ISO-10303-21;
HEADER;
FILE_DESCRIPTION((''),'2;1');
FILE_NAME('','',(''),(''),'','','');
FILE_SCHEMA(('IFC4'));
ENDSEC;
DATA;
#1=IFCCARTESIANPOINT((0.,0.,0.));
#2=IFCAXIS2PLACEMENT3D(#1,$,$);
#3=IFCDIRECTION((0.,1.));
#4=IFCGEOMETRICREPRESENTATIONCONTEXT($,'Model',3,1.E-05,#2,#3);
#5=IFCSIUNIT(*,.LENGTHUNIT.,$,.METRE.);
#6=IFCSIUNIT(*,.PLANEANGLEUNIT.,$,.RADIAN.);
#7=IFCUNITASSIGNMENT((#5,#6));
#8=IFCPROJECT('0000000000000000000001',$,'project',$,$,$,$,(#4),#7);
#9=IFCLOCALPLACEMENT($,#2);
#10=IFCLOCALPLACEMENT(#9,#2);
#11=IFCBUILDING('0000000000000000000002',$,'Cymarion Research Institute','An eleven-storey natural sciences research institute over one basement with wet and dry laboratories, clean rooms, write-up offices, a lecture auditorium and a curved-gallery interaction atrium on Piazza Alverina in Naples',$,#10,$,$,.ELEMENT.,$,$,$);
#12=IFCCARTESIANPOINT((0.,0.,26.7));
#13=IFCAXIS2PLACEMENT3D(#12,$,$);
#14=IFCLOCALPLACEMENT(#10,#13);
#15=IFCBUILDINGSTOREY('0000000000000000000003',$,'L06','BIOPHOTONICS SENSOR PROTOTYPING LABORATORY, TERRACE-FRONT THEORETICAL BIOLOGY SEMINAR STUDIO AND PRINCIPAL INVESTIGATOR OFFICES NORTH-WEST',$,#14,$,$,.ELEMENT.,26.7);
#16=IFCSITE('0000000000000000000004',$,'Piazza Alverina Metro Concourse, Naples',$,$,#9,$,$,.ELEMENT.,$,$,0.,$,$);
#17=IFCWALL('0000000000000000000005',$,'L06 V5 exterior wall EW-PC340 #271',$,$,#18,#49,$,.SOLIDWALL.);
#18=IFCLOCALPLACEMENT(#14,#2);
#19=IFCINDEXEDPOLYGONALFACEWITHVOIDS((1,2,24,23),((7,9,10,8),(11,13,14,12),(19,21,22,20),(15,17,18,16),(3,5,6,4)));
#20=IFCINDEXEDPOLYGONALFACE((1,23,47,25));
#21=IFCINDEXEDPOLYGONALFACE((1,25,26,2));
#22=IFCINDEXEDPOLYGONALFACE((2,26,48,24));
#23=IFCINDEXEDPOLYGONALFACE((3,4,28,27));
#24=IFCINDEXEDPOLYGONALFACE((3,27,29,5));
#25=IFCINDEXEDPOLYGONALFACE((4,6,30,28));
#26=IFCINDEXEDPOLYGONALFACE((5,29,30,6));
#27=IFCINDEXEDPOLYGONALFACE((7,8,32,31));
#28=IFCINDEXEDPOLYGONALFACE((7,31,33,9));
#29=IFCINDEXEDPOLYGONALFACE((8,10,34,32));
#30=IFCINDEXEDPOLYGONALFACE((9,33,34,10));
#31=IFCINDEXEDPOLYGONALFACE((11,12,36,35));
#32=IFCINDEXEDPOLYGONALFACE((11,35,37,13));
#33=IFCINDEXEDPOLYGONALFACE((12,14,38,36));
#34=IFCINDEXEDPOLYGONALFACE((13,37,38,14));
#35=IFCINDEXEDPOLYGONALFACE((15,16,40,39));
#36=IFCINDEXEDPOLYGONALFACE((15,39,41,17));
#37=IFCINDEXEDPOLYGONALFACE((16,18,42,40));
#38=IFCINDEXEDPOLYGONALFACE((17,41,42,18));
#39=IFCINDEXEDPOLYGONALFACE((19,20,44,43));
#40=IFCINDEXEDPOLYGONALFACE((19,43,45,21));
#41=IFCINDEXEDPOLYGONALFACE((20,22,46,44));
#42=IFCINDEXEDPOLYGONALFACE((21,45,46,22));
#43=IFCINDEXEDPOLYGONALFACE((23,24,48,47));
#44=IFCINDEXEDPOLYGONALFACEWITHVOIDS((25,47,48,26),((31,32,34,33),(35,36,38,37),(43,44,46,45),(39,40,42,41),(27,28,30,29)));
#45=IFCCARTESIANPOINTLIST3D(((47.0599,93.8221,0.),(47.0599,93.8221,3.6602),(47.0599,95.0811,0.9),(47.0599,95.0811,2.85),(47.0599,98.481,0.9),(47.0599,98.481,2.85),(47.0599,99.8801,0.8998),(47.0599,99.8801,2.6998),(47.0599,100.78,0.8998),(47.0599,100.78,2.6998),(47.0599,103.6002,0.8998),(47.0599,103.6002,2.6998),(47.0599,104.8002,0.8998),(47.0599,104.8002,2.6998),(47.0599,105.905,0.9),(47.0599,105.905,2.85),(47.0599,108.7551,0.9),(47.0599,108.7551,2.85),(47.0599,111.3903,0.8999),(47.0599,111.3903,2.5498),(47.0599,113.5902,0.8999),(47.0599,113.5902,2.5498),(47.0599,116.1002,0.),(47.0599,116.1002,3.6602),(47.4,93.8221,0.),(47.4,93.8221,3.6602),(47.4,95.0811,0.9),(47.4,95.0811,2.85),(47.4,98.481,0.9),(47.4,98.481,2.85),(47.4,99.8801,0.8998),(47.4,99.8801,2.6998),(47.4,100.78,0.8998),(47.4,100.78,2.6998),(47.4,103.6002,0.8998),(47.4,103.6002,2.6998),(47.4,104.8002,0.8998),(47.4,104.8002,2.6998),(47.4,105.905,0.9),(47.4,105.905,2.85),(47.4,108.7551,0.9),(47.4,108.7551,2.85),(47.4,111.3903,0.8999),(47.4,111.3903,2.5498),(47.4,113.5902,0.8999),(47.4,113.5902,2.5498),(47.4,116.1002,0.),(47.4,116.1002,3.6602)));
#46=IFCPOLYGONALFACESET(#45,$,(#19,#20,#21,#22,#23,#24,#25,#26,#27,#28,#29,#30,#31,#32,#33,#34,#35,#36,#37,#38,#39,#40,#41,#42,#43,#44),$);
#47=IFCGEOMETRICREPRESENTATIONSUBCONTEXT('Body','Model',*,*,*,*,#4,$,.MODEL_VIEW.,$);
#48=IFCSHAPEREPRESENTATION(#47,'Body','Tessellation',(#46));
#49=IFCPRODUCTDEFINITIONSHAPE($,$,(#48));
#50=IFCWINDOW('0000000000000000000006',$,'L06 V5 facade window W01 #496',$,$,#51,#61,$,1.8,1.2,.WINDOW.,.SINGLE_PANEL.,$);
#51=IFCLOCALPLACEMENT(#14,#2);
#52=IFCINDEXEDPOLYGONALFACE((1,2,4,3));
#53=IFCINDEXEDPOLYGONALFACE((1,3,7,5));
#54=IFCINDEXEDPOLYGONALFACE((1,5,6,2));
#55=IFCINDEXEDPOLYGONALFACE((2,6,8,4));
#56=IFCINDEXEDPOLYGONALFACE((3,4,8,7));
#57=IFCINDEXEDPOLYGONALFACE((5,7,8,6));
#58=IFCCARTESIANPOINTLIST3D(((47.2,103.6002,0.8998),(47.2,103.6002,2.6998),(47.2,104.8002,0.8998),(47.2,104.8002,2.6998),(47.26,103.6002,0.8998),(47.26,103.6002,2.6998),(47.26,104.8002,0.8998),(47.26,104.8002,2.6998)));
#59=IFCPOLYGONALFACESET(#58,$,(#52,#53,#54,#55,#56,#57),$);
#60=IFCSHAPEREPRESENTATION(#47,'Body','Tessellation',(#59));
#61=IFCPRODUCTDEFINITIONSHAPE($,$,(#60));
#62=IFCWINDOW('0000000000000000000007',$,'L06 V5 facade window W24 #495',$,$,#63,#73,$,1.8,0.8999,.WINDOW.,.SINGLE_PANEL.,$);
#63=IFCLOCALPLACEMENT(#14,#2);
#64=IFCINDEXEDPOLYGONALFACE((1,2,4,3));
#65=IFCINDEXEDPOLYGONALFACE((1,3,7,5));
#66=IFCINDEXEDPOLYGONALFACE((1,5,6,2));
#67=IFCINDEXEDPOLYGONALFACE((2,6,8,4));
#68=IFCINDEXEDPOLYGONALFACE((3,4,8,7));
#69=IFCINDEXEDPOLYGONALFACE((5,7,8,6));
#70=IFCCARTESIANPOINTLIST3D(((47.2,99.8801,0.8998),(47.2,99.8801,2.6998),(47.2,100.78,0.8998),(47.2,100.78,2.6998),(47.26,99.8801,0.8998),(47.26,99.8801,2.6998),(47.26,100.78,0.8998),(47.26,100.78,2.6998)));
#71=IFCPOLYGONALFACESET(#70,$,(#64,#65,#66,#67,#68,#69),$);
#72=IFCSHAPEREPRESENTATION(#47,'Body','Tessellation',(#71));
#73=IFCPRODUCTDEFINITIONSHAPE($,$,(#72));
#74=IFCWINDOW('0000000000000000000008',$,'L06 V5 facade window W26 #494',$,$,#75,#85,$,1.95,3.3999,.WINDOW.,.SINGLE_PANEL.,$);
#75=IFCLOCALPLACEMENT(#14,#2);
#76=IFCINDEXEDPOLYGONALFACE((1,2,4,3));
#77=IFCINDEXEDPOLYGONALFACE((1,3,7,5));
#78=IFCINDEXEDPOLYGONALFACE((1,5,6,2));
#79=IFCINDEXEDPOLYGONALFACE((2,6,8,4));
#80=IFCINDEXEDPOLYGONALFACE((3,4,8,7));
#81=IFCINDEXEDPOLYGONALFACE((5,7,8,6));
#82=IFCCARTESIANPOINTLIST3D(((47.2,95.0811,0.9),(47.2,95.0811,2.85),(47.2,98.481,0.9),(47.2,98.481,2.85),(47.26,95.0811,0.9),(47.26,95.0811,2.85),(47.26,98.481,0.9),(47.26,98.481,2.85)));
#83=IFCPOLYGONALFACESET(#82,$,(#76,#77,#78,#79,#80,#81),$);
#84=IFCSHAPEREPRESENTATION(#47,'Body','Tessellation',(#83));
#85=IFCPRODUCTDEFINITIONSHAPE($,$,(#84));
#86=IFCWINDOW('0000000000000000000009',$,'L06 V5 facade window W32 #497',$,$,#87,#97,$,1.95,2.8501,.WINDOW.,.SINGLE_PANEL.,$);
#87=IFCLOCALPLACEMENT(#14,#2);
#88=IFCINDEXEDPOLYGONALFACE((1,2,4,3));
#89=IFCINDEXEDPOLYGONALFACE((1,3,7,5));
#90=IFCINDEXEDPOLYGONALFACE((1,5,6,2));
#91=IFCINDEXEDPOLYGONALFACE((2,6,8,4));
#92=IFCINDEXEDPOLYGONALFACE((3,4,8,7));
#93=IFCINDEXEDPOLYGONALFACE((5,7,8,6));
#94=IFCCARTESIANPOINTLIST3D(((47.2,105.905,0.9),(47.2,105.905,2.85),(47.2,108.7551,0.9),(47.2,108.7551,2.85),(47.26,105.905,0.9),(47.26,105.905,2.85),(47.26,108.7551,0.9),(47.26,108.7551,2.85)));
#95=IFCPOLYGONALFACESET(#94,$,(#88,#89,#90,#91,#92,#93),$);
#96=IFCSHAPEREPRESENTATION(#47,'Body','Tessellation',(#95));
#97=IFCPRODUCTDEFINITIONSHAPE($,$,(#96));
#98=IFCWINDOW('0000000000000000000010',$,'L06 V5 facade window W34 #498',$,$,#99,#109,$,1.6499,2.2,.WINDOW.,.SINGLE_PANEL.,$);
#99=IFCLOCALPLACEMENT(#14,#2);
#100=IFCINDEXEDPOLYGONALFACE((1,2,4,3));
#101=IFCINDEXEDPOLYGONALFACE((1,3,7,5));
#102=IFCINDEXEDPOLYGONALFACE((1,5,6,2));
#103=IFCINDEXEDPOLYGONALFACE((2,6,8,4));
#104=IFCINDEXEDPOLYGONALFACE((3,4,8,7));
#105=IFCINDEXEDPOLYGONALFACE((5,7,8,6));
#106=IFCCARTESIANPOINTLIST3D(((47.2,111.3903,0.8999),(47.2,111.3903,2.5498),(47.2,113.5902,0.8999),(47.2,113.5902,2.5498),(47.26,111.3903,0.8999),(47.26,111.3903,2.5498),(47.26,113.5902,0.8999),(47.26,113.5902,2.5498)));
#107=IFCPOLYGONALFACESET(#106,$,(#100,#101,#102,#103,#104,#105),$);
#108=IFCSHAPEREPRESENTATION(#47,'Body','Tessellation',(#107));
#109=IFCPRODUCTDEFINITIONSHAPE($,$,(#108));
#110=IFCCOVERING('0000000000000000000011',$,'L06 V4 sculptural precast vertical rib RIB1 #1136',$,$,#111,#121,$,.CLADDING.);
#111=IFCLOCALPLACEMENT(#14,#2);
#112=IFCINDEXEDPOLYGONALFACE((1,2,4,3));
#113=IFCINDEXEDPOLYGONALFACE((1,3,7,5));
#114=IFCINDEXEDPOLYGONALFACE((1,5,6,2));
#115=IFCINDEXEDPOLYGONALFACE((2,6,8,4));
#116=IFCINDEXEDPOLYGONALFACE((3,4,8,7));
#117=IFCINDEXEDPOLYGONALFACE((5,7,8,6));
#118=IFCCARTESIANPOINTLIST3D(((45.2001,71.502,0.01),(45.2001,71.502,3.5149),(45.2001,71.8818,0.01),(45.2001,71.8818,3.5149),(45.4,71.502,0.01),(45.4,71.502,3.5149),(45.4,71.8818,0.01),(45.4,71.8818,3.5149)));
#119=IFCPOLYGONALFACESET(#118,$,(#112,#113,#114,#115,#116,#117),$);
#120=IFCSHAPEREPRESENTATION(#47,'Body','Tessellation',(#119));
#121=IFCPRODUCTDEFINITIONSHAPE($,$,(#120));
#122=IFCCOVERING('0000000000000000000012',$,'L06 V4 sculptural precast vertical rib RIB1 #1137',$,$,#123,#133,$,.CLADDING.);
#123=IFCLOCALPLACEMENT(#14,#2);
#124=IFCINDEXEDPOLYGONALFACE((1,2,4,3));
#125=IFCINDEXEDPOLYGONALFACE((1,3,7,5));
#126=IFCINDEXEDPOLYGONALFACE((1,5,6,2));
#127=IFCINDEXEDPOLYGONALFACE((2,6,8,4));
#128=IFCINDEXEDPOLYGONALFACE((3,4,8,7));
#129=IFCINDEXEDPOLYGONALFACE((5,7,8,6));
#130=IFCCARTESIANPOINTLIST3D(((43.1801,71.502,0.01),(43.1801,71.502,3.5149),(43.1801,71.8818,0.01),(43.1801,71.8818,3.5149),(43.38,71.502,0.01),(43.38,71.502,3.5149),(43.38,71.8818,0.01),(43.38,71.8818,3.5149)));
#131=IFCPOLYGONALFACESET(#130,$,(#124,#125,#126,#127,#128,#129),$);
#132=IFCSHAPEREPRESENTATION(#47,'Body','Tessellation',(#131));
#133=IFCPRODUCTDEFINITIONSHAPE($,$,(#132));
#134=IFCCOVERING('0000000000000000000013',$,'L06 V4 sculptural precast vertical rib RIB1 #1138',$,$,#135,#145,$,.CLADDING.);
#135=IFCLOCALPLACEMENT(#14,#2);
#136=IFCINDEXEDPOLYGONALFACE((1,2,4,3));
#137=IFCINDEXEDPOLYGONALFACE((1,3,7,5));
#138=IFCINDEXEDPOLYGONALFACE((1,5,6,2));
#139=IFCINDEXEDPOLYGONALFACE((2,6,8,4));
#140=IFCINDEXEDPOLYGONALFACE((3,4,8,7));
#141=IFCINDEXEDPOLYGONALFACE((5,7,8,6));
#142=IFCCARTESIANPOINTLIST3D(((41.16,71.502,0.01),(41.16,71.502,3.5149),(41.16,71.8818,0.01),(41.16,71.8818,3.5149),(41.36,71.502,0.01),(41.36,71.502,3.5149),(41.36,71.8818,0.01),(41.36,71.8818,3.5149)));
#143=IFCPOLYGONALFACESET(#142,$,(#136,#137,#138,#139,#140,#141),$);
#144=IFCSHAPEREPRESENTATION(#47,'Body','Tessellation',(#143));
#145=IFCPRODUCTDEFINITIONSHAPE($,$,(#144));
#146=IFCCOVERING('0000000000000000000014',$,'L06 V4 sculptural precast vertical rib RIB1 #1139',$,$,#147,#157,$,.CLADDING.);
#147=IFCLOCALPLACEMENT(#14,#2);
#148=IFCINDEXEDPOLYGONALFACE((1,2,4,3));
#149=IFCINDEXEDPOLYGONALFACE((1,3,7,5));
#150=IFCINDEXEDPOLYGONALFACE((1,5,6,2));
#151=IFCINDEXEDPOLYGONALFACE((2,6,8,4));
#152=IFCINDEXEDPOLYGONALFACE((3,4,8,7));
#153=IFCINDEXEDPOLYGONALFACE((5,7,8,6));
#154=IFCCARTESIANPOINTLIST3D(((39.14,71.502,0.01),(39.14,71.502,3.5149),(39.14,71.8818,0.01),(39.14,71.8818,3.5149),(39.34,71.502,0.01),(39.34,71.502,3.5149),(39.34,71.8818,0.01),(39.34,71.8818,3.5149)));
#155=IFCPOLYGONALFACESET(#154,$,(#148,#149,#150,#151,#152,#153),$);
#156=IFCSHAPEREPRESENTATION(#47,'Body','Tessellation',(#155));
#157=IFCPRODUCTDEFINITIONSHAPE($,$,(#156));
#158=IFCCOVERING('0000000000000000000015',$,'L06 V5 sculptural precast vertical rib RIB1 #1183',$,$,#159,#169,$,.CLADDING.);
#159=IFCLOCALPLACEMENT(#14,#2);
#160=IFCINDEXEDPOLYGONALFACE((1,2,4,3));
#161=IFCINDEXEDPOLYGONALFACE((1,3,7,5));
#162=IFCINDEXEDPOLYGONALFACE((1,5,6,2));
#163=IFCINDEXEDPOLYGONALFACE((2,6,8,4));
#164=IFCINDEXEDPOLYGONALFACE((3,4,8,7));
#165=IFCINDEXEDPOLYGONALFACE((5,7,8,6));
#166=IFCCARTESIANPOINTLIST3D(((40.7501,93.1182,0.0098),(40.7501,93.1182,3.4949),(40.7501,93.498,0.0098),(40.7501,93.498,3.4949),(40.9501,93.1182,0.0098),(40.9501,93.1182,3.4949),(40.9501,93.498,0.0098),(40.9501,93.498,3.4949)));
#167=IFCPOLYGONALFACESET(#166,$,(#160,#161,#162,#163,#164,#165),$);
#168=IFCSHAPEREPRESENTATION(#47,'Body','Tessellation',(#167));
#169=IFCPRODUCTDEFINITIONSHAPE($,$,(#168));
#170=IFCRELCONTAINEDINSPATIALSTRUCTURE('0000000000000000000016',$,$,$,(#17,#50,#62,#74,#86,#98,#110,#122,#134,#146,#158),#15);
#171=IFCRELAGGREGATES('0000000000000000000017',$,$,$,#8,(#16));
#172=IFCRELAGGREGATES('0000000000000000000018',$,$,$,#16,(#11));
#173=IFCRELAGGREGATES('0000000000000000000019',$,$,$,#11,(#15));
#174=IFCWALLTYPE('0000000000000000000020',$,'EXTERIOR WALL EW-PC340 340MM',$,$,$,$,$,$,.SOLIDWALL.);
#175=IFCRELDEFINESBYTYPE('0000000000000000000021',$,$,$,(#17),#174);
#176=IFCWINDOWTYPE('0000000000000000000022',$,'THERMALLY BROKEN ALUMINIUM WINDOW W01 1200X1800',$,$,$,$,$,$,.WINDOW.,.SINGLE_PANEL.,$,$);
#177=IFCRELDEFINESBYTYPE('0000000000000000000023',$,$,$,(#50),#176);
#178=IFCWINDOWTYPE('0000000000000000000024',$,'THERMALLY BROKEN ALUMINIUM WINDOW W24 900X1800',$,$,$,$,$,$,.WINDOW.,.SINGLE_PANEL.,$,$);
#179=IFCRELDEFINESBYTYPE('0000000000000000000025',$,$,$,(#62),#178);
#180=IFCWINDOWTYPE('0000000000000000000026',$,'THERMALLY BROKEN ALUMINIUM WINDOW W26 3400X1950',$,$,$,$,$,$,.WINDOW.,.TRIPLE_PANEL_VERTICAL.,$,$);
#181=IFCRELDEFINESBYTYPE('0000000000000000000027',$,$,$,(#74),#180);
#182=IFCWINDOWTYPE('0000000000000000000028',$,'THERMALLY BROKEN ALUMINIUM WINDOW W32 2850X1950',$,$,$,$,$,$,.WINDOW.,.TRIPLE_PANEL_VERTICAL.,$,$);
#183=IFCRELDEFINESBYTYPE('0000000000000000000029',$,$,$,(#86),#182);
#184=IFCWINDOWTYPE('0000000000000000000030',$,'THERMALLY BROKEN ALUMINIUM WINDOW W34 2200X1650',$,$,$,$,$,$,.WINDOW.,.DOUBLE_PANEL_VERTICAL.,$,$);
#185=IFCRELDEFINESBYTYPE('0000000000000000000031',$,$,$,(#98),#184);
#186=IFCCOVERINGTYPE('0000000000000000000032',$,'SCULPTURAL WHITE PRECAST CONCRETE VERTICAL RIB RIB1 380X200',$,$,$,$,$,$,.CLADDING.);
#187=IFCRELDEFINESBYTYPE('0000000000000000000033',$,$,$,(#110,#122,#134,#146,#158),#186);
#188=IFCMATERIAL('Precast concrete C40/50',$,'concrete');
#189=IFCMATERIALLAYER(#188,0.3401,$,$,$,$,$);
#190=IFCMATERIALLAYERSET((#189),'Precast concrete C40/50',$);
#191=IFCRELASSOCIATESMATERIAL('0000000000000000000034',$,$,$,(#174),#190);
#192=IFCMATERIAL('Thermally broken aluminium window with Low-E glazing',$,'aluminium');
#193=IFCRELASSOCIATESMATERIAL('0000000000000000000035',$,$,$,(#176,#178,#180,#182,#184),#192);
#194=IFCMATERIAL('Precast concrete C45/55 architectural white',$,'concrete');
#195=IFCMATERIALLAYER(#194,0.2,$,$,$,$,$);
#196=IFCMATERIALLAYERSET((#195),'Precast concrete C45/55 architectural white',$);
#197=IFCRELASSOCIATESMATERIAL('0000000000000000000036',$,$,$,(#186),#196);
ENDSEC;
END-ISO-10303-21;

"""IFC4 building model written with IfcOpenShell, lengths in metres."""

from ifc_helpers import new_model, si_unit, direction, frame, frame_2d, origin, origin_2d, place, context, subcontext, project, spatial, rectangle, extrude, material, layer, layer_set, type_object, element, fill, save


model = new_model("IFC4")

# Units and contexts
model_context = context("Model", 3, precision=1e-05, world=origin(), true_north=direction((0.0, 1.0)))
body_context = subcontext(model_context, "Body", "Model", "MODEL_VIEW")
ifc_project = project(units=[si_unit("LENGTHUNIT", "METRE"), si_unit("PLANEANGLEUNIT", "RADIAN")], contexts=[model_context])

# Site, building, storey
site_placement = place(None, origin())
site = spatial("IfcSite", under=ifc_project, at=site_placement, Name="Piazza Alverina Metro Concourse, Naples", CompositionType="ELEMENT", RefElevation=0.0)
building_placement = place(site_placement, origin())
building = spatial("IfcBuilding", under=site, at=building_placement, Name="Cymarion Research Institute", Description="An eleven-storey natural sciences research institute over one basement with wet and dry laboratories, clean rooms, write-up offices, a lecture auditorium and a curved-gallery interaction atrium on Piazza Alverina in Naples", CompositionType="ELEMENT")
storey_placement = place(building_placement, frame((0.0, 0.0, 26.7)))
storey = spatial("IfcBuildingStorey", under=building, at=storey_placement, Name="L06", Description="BIOPHOTONICS SENSOR PROTOTYPING LABORATORY, TERRACE-FRONT THEORETICAL BIOLOGY SEMINAR STUDIO AND PRINCIPAL INVESTIGATOR OFFICES NORTH-WEST", CompositionType="ELEMENT", Elevation=26.7)

# Wall, openings, windows
ifc_material_1 = material(Name="Precast concrete C40/50", Category="concrete")
ifc_layer_1 = layer(ifc_material_1, 0.3401)
ifc_layer_set_1 = layer_set([ifc_layer_1], Name="Precast concrete C40/50")
wall_type = type_object("IfcWallType", Name="EXTERIOR WALL EW-PC340 340MM", PredefinedType="SOLIDWALL", material=ifc_layer_set_1)
wall_placement = place(storey_placement, frame((47.23, 93.822, 0.0), z_axis=(0.0, 0.0, 1.0), x_axis=(0.0, 1.0, 0.0)))
wall = element("IfcWall", 1, at=wall_placement, inside=storey, type_object=wall_type, Name="L06 V5 exterior wall EW-PC340 #271", PredefinedType="SOLIDWALL", context=body_context, shape_type="SweptSolid", body=[
    extrude(rectangle(XDim=22.2781, YDim=0.3401, at=frame_2d((11.1392, 0.0))), origin(), (0.0, 0.0, 1.0), 3.6602),
])
opening_1_placement = place(wall_placement, frame((1.259, 0.0, 0.8999)))
opening_1 = element("IfcOpeningElement", 2, at=opening_1_placement, cuts=wall, PredefinedType="OPENING", context=body_context, shape_type="SweptSolid", body=[
    extrude(rectangle(XDim=3.3999, YDim=1.95, at=frame_2d((1.7, 0.9751))), frame((0.0, 0.1799, 0.0), z_axis=(0.0, -1.0, 0.0), x_axis=(1.0, 0.0, 0.0)), (0.0, 0.0, 1.0), 0.3601),
])
opening_2_placement = place(wall_placement, frame((6.0581, 0.0, 0.8999)))
opening_2 = element("IfcOpeningElement", 3, at=opening_2_placement, cuts=wall, PredefinedType="OPENING", context=body_context, shape_type="SweptSolid", body=[
    extrude(rectangle(XDim=0.8999, YDim=1.8, at=frame_2d((0.45, 0.8999))), frame((0.0, 0.1799, 0.0), z_axis=(0.0, -1.0, 0.0), x_axis=(1.0, 0.0, 0.0)), (0.0, 0.0, 1.0), 0.3601),
])
opening_3_placement = place(wall_placement, frame((9.7781, 0.0, 0.8999)))
opening_3 = element("IfcOpeningElement", 4, at=opening_3_placement, cuts=wall, PredefinedType="OPENING", context=body_context, shape_type="SweptSolid", body=[
    extrude(rectangle(XDim=1.2, YDim=1.8, at=frame_2d((0.6001, 0.8999))), frame((0.0, 0.1799, 0.0), z_axis=(0.0, -1.0, 0.0), x_axis=(1.0, 0.0, 0.0)), (0.0, 0.0, 1.0), 0.3601),
])
opening_4_placement = place(wall_placement, frame((12.083, 0.0, 0.8999)))
opening_4 = element("IfcOpeningElement", 5, at=opening_4_placement, cuts=wall, PredefinedType="OPENING", context=body_context, shape_type="SweptSolid", body=[
    extrude(rectangle(XDim=2.8501, YDim=1.95, at=frame_2d((1.425, 0.9751))), frame((0.0, 0.1799, 0.0), z_axis=(0.0, -1.0, 0.0), x_axis=(1.0, 0.0, 0.0)), (0.0, 0.0, 1.0), 0.3601),
])
opening_5_placement = place(wall_placement, frame((17.5681, 0.0, 0.8999)))
opening_5 = element("IfcOpeningElement", 6, at=opening_5_placement, cuts=wall, PredefinedType="OPENING", context=body_context, shape_type="SweptSolid", body=[
    extrude(rectangle(XDim=2.2, YDim=1.6499, at=frame_2d((1.1001, 0.825))), frame((0.0, 0.1799, 0.0), z_axis=(0.0, -1.0, 0.0), x_axis=(1.0, 0.0, 0.0)), (0.0, 0.0, 1.0), 0.3601),
])
ifc_material_2 = material(Name="Thermally broken aluminium window with Low-E glazing", Category="aluminium")
window_type_1 = type_object("IfcWindowType", Name="THERMALLY BROKEN ALUMINIUM WINDOW W01 1200X1800", PartitioningType="SINGLE_PANEL", PredefinedType="WINDOW", material=ifc_material_2)
window_1_placement = place(opening_3_placement, origin())
window_1 = element("IfcWindow", 7, at=window_1_placement, inside=storey, type_object=window_type_1, Name="L06 V5 facade window W01 #496", OverallHeight=1.8, OverallWidth=1.2, PartitioningType="SINGLE_PANEL", PredefinedType="WINDOW", context=body_context, shape_type="SweptSolid", body=[
    extrude(rectangle(XDim=1.2, YDim=1.8, at=frame_2d((0.6001, 0.8999))), frame((0.0, 0.03, 0.0), z_axis=(0.0, -1.0, 0.0), x_axis=(1.0, 0.0, 0.0)), (0.0, 0.0, 1.0), 0.0601),
])
fill(opening_3, window_1)
window_type_2 = type_object("IfcWindowType", Name="THERMALLY BROKEN ALUMINIUM WINDOW W24 900X1800", PartitioningType="SINGLE_PANEL", PredefinedType="WINDOW", material=ifc_material_2)
window_2_placement = place(opening_2_placement, origin())
window_2 = element("IfcWindow", 8, at=window_2_placement, inside=storey, type_object=window_type_2, Name="L06 V5 facade window W24 #495", OverallHeight=1.8, OverallWidth=0.8999, PartitioningType="SINGLE_PANEL", PredefinedType="WINDOW", context=body_context, shape_type="SweptSolid", body=[
    extrude(rectangle(XDim=0.8999, YDim=1.8, at=frame_2d((0.45, 0.8999))), frame((0.0, 0.03, 0.0), z_axis=(0.0, -1.0, 0.0), x_axis=(1.0, 0.0, 0.0)), (0.0, 0.0, 1.0), 0.0601),
])
fill(opening_2, window_2)
window_type_3 = type_object("IfcWindowType", Name="THERMALLY BROKEN ALUMINIUM WINDOW W26 3400X1950", PartitioningType="TRIPLE_PANEL_VERTICAL", PredefinedType="WINDOW", material=ifc_material_2)
window_3_placement = place(opening_1_placement, origin())
window_3 = element("IfcWindow", 9, at=window_3_placement, inside=storey, type_object=window_type_3, Name="L06 V5 facade window W26 #494", OverallHeight=1.95, OverallWidth=3.3999, PartitioningType="SINGLE_PANEL", PredefinedType="WINDOW", context=body_context, shape_type="SweptSolid", body=[
    extrude(rectangle(XDim=3.3999, YDim=1.95, at=frame_2d((1.7, 0.9751))), frame((0.0, 0.03, 0.0), z_axis=(0.0, -1.0, 0.0), x_axis=(1.0, 0.0, 0.0)), (0.0, 0.0, 1.0), 0.0601),
])
fill(opening_1, window_3)
window_type_4 = type_object("IfcWindowType", Name="THERMALLY BROKEN ALUMINIUM WINDOW W32 2850X1950", PartitioningType="TRIPLE_PANEL_VERTICAL", PredefinedType="WINDOW", material=ifc_material_2)
window_4_placement = place(opening_4_placement, origin())
window_4 = element("IfcWindow", 10, at=window_4_placement, inside=storey, type_object=window_type_4, Name="L06 V5 facade window W32 #497", OverallHeight=1.95, OverallWidth=2.8501, PartitioningType="SINGLE_PANEL", PredefinedType="WINDOW", context=body_context, shape_type="SweptSolid", body=[
    extrude(rectangle(XDim=2.8501, YDim=1.95, at=frame_2d((1.425, 0.9751))), frame((0.0, 0.03, 0.0), z_axis=(0.0, -1.0, 0.0), x_axis=(1.0, 0.0, 0.0)), (0.0, 0.0, 1.0), 0.0601),
])
fill(opening_4, window_4)
window_type_5 = type_object("IfcWindowType", Name="THERMALLY BROKEN ALUMINIUM WINDOW W34 2200X1650", PartitioningType="DOUBLE_PANEL_VERTICAL", PredefinedType="WINDOW", material=ifc_material_2)
window_5_placement = place(opening_5_placement, origin())
window_5 = element("IfcWindow", 11, at=window_5_placement, inside=storey, type_object=window_type_5, Name="L06 V5 facade window W34 #498", OverallHeight=1.6499, OverallWidth=2.2, PartitioningType="SINGLE_PANEL", PredefinedType="WINDOW", context=body_context, shape_type="SweptSolid", body=[
    extrude(rectangle(XDim=2.2, YDim=1.6499, at=frame_2d((1.1001, 0.825))), frame((0.0, 0.03, 0.0), z_axis=(0.0, -1.0, 0.0), x_axis=(1.0, 0.0, 0.0)), (0.0, 0.0, 1.0), 0.0601),
])
fill(opening_5, window_5)

# Coverings
ifc_material_3 = material(Name="Precast concrete C45/55 architectural white", Category="concrete")
ifc_layer_2 = layer(ifc_material_3, 0.2)
ifc_layer_set_2 = layer_set([ifc_layer_2], Name="Precast concrete C45/55 architectural white")
covering_type = type_object("IfcCoveringType", Name="SCULPTURAL WHITE PRECAST CONCRETE VERTICAL RIB RIB1 380X200", PredefinedType="CLADDING", material=ifc_layer_set_2)
for number, where, z_axis, x_axis, name in (
    (12, (45.3, 71.6919, 0.01), (0.0, 0.0, 1.0), (0.0, 1.0, 0.0), "L06 V4 sculptural precast vertical rib RIB1 #1136"),
    (13, (43.28, 71.6919, 0.01), (0.0, 0.0, 1.0), (0.0, 1.0, 0.0), "L06 V4 sculptural precast vertical rib RIB1 #1137"),
    (14, (41.26, 71.6919, 0.01), (0.0, 0.0, 1.0), (0.0, 1.0, 0.0), "L06 V4 sculptural precast vertical rib RIB1 #1138"),
    (15, (39.24, 71.6919, 0.01), (0.0, 0.0, 1.0), (0.0, 1.0, 0.0), "L06 V4 sculptural precast vertical rib RIB1 #1139"),
):
    element("IfcCovering", number, at=place(storey_placement, frame(where, z_axis=z_axis, x_axis=x_axis)), inside=storey, type_object=covering_type, Name=name, PredefinedType="CLADDING", context=body_context, shape_type="SweptSolid", body=[
        extrude(rectangle(XDim=0.3799, YDim=0.2, at=origin_2d()), origin(), (0.0, 0.0, 1.0), 3.5049),
    ])
for number, where, z_axis, x_axis, name in (
    (16, (40.8501, 93.3081, 0.0098), (0.0, 0.0, 1.0), (0.0, -1.0, 0.0), "L06 V5 sculptural precast vertical rib RIB1 #1183"),
):
    element("IfcCovering", number, at=place(storey_placement, frame(where, z_axis=z_axis, x_axis=x_axis)), inside=storey, type_object=covering_type, Name=name, PredefinedType="CLADDING", context=body_context, shape_type="SweptSolid", body=[
        extrude(rectangle(XDim=0.3799, YDim=0.2, at=origin_2d()), origin(), (0.0, 0.0, 1.0), 3.4851),
    ])

save(model, "model.ifc")
